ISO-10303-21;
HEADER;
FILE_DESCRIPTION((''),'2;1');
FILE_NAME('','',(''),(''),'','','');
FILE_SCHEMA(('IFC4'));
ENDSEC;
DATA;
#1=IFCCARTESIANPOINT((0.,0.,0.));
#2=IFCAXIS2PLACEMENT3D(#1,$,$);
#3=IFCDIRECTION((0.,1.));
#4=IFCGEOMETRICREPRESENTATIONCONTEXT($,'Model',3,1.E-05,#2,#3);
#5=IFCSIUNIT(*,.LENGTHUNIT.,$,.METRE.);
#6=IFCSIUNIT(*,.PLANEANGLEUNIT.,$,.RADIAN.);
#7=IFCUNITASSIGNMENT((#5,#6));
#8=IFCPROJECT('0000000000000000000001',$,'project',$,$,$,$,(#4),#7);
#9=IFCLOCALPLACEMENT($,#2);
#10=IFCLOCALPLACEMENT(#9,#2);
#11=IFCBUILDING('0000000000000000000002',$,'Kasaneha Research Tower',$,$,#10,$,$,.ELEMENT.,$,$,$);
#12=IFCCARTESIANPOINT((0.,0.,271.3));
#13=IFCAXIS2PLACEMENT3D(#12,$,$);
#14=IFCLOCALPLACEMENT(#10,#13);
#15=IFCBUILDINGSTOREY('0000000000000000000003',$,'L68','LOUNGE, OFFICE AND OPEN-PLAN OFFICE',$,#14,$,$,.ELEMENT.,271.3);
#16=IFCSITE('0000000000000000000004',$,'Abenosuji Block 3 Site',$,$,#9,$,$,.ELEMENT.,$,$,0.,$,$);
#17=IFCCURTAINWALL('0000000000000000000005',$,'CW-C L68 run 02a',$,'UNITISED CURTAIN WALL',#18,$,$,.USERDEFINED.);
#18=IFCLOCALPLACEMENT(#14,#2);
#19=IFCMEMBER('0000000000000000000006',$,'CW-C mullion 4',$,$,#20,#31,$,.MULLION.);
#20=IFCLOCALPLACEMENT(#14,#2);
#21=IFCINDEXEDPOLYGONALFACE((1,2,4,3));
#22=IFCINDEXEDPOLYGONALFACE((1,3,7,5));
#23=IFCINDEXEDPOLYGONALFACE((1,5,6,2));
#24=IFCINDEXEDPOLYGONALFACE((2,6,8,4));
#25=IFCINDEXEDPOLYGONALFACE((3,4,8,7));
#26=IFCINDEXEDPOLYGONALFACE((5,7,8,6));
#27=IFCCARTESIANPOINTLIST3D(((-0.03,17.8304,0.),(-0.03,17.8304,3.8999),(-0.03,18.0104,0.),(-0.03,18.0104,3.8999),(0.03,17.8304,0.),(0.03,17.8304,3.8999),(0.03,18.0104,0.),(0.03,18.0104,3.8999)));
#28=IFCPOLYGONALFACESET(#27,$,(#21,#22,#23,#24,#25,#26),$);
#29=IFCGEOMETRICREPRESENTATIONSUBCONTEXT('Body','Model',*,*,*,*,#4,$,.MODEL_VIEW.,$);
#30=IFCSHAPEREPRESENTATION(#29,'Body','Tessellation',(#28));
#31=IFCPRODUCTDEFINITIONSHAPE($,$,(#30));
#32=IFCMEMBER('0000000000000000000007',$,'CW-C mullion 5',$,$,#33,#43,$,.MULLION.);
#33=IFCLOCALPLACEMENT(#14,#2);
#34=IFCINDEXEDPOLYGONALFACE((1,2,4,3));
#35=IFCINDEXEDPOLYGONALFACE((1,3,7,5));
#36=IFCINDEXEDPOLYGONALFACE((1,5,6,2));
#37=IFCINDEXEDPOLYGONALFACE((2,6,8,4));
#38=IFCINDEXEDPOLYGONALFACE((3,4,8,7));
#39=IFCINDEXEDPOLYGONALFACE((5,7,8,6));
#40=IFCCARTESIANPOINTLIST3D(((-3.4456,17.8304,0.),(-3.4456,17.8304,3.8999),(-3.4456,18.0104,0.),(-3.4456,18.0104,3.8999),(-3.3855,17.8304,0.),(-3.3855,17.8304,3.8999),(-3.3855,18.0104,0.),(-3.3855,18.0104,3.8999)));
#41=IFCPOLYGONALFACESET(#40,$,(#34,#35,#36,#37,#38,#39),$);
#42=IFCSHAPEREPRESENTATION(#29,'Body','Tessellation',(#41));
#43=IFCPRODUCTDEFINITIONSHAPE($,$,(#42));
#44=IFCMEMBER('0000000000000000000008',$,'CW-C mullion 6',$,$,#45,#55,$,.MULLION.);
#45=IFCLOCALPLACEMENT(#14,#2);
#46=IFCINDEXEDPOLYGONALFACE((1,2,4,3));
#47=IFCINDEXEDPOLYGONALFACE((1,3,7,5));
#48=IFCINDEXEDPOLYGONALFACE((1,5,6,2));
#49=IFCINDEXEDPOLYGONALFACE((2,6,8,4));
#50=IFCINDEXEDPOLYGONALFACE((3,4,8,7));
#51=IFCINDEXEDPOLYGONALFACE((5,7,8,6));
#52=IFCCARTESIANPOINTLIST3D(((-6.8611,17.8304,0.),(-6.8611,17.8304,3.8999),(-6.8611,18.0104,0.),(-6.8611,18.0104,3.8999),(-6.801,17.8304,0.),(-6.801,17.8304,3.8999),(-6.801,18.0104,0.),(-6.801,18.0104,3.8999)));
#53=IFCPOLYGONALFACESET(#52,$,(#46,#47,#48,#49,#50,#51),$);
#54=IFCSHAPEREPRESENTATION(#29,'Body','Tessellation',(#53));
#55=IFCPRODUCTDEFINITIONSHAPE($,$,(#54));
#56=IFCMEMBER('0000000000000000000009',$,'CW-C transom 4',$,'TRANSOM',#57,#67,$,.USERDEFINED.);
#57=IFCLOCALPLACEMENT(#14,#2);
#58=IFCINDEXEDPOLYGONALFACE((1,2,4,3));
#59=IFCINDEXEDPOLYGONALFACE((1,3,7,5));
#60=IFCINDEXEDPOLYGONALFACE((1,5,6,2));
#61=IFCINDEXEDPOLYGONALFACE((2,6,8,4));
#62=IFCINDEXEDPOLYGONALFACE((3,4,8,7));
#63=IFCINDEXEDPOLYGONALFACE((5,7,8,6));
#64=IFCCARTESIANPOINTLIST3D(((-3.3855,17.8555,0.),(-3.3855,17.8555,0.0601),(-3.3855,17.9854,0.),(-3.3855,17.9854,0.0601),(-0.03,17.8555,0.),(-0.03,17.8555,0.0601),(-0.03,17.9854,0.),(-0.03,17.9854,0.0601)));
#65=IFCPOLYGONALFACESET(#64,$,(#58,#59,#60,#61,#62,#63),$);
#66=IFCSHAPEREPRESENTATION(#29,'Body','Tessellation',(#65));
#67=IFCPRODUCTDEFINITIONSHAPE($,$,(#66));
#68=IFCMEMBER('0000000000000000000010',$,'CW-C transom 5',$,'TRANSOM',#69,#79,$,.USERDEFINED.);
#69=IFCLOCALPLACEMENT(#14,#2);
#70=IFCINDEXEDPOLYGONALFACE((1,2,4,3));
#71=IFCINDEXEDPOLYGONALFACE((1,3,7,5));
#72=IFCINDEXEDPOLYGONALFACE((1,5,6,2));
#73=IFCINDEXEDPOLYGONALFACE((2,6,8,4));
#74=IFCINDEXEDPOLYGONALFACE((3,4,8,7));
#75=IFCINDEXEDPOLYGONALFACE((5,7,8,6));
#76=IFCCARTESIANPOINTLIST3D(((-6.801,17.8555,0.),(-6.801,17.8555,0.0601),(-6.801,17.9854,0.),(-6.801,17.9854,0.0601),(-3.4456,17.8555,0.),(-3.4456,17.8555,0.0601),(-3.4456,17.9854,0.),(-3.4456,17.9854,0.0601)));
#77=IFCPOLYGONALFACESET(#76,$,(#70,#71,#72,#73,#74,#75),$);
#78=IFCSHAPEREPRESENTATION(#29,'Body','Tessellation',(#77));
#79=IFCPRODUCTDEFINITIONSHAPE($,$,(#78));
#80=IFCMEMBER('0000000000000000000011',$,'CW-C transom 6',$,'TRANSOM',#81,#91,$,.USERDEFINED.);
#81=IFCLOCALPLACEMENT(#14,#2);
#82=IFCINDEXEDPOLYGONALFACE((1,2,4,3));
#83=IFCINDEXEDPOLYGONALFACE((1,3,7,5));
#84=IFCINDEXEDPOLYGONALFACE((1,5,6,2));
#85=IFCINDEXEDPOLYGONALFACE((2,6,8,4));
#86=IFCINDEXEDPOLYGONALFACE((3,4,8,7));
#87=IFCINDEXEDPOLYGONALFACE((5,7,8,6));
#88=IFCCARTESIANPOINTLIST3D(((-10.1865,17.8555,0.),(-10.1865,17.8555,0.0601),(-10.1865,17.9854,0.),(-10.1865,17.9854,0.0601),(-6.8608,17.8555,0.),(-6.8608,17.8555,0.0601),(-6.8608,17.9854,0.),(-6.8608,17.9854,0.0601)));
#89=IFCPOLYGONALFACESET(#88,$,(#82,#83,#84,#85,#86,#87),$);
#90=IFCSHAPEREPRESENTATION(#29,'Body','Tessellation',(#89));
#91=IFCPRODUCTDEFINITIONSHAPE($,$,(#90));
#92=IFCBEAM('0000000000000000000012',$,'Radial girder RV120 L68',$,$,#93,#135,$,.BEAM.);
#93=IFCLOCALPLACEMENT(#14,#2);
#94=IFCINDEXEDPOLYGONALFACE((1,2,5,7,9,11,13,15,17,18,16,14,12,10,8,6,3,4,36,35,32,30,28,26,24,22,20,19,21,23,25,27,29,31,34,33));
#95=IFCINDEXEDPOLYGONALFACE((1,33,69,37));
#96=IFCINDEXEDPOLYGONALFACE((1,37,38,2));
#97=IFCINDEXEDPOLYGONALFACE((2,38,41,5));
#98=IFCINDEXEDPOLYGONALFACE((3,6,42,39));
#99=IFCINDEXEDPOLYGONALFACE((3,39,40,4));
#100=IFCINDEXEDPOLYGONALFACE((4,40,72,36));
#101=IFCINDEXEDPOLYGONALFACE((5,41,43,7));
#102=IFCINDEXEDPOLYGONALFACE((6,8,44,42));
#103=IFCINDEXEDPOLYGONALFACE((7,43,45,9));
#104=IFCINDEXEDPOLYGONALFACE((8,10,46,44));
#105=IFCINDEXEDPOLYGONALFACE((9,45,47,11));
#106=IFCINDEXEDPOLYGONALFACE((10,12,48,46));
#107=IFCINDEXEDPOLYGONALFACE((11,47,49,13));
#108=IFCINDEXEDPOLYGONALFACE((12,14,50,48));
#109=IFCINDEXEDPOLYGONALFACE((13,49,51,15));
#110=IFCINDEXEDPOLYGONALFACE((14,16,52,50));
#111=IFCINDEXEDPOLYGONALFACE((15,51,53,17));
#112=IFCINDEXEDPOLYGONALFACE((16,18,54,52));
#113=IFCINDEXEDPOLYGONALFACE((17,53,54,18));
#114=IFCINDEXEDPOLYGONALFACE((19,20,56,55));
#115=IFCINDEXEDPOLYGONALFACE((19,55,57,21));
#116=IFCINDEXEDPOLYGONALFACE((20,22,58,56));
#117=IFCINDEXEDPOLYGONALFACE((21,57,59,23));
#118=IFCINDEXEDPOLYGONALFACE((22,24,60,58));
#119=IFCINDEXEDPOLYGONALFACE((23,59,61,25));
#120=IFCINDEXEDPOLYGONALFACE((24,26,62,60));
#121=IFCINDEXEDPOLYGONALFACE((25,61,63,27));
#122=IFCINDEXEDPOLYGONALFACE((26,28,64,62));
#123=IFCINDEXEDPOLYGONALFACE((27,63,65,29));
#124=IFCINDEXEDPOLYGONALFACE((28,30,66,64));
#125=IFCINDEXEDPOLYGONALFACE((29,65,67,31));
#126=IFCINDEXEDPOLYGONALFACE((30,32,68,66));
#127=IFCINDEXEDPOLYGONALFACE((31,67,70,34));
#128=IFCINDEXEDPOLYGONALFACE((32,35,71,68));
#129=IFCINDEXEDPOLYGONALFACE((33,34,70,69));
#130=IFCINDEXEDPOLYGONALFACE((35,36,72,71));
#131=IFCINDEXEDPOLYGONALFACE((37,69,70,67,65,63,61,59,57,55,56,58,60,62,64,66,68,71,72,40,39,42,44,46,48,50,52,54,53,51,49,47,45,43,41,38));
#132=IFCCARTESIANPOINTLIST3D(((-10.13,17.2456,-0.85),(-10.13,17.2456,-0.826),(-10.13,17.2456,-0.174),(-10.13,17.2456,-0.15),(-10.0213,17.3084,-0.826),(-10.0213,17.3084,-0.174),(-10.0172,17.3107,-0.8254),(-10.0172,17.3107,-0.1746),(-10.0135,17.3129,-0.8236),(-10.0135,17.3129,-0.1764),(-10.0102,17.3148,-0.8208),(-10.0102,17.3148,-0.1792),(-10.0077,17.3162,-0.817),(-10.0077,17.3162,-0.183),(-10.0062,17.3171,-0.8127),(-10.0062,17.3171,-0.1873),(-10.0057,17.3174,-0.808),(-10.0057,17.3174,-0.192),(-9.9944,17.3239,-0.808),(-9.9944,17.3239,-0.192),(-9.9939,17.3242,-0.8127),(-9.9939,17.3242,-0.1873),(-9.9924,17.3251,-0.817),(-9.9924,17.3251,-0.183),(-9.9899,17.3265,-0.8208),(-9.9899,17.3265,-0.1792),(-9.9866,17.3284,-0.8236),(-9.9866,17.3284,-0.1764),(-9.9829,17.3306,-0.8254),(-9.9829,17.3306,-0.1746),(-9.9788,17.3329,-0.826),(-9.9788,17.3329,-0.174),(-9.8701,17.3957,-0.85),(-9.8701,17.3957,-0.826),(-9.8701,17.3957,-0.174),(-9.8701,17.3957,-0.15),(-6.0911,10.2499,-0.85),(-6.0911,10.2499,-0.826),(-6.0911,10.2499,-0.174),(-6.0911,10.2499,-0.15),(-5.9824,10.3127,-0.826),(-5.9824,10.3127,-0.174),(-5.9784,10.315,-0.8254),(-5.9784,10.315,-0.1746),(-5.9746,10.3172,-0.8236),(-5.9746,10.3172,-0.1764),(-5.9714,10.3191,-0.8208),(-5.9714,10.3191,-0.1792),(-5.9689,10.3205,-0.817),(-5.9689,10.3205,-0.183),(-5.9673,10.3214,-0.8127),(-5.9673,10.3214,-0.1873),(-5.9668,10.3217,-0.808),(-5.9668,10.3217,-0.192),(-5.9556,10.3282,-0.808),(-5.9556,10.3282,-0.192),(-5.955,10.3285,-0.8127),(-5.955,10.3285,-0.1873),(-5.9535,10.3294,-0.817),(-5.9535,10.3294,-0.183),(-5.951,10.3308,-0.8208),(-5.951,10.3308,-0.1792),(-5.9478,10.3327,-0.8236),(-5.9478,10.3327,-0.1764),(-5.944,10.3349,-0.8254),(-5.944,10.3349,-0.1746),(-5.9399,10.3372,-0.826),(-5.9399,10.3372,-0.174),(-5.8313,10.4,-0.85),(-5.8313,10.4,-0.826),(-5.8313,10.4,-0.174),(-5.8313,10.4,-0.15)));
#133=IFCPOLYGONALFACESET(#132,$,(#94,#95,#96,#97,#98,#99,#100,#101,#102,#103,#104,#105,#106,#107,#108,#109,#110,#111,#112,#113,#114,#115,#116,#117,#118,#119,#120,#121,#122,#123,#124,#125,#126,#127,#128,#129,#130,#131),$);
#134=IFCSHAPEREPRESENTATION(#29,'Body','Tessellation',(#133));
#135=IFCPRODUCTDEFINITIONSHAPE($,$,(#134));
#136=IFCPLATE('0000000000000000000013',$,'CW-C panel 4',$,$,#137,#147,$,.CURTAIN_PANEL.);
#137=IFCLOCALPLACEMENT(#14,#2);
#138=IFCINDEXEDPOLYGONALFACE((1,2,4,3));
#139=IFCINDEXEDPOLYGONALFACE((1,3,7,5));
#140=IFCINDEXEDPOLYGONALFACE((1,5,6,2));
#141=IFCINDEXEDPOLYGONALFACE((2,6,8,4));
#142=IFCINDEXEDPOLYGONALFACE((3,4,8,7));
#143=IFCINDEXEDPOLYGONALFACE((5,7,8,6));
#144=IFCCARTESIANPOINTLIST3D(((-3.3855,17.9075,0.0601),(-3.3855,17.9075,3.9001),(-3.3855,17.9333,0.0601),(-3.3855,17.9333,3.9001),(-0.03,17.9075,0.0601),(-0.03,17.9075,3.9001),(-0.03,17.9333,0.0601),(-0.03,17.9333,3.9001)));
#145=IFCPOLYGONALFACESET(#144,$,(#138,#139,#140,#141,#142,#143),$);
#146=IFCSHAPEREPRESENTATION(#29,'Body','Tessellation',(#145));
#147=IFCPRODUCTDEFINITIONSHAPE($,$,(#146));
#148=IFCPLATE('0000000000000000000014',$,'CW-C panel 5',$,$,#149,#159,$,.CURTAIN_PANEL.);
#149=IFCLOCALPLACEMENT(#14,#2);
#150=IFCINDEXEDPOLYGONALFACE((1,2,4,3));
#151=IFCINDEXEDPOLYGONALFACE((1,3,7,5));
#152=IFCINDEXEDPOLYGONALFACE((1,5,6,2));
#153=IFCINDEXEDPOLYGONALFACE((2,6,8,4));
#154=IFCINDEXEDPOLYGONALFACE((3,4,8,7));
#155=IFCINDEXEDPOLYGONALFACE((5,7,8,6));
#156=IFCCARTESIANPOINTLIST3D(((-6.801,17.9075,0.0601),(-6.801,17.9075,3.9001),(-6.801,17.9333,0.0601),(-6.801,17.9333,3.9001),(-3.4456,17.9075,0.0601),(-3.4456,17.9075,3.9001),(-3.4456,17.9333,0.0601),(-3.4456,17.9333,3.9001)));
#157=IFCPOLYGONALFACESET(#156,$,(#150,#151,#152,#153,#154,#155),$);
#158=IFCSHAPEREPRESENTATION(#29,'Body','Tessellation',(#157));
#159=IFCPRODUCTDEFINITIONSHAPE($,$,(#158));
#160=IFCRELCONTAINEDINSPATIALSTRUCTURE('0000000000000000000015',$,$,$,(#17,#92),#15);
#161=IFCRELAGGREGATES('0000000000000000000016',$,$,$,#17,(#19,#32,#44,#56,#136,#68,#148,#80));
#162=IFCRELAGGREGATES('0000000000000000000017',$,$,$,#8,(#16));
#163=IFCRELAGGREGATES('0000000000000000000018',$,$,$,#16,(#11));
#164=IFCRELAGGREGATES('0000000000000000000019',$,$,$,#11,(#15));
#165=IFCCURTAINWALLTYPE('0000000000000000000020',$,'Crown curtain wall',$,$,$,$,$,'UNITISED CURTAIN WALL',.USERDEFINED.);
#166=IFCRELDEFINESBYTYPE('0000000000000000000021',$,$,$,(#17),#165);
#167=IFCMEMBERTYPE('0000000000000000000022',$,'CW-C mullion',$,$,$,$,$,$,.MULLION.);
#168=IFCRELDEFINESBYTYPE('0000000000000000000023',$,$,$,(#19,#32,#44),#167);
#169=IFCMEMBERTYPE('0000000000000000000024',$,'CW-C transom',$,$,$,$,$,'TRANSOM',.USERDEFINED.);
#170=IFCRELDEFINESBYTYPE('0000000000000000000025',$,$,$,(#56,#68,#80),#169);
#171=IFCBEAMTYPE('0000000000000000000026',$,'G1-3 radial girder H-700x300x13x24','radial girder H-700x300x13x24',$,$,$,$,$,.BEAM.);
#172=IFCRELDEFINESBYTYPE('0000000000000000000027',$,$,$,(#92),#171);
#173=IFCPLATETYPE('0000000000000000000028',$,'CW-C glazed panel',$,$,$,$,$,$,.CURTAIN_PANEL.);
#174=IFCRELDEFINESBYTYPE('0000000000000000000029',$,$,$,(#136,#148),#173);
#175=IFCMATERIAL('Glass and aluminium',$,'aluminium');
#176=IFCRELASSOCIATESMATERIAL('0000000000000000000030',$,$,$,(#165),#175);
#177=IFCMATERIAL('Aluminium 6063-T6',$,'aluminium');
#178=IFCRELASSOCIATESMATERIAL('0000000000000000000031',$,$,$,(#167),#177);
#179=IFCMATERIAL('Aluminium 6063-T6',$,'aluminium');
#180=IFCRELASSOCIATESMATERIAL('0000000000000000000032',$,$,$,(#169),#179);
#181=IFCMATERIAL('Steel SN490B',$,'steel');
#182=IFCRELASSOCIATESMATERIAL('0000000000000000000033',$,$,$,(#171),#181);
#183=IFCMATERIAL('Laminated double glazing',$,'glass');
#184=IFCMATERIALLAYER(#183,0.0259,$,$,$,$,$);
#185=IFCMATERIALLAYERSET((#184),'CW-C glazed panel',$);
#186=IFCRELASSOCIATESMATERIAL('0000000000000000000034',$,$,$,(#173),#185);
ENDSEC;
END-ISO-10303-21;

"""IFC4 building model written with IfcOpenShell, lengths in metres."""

from ifc_helpers import new_model, si_unit, direction, frame, origin, origin_2d, place, context, subcontext, project, spatial, rectangle, i_section, extrude, material, layer, layer_set, material_profile, profile_set, type_object, element, aggregate, save


model = new_model("IFC4")

# Units and contexts
model_context = context("Model", 3, precision=1e-05, world=origin(), true_north=direction((0.0, 1.0)))
body_context = subcontext(model_context, "Body", "Model", "MODEL_VIEW")
ifc_project = project(units=[si_unit("LENGTHUNIT", "METRE"), si_unit("PLANEANGLEUNIT", "RADIAN")], contexts=[model_context])

# Site, building, storey
site_placement = place(None, origin())
site = spatial("IfcSite", under=ifc_project, at=site_placement, Name="Abenosuji Block 3 Site", CompositionType="ELEMENT", RefElevation=0.0)
building_placement = place(site_placement, origin())
building = spatial("IfcBuilding", under=site, at=building_placement, Name="Kasaneha Research Tower", CompositionType="ELEMENT")
storey_placement = place(building_placement, frame((0.0, 0.0, 271.3)))
storey = spatial("IfcBuildingStorey", under=building, at=storey_placement, Name="L68", Description="LOUNGE, OFFICE AND OPEN-PLAN OFFICE", CompositionType="ELEMENT", Elevation=271.3)

# Curtain wall, members
ifc_material_1 = material(Name="Glass and aluminium", Category="aluminium")
curtain_wall_type = type_object("IfcCurtainWallType", Name="Crown curtain wall", ElementType="UNITISED CURTAIN WALL", PredefinedType="USERDEFINED", material=ifc_material_1)
curtain_wall_placement = place(storey_placement, origin())
curtain_wall = element("IfcCurtainWall", 1, at=curtain_wall_placement, inside=storey, type_object=curtain_wall_type, Name="CW-C L68 run 02a", ObjectType="UNITISED CURTAIN WALL", PredefinedType="USERDEFINED")
ifc_material_2 = material(Name="Aluminium 6063-T6", Category="aluminium")
ifc_material_profile_1 = material_profile(ifc_material_2, rectangle(XDim=0.0601, YDim=0.1799, at=origin_2d()), Name="CW-C mullion 60x180")
ifc_profile_set_1 = profile_set([ifc_material_profile_1], Name="Aluminium 6063-T6")
member_type_1 = type_object("IfcMemberType", Name="CW-C mullion", PredefinedType="MULLION", material=ifc_profile_set_1)
member_1_placement = place(storey_placement, frame((0.0, 17.9204, 0.0), z_axis=(0.0, 0.0, 1.0), x_axis=(-1.0, 0.0, 0.0)))
member_1 = element("IfcMember", 2, at=member_1_placement, type_object=member_type_1, Name="CW-C mullion 4", PredefinedType="MULLION", context=body_context, shape_type="SweptSolid", body=[
    extrude(rectangle(XDim=0.0601, YDim=0.1799, at=origin_2d()), origin(), (0.0, 0.0, 1.0), 3.8999),
])
member_2_placement = place(storey_placement, frame((-3.4155, 17.9204, 0.0), z_axis=(0.0, 0.0, 1.0), x_axis=(-1.0, 0.0, 0.0)))
member_2 = element("IfcMember", 3, at=member_2_placement, type_object=member_type_1, Name="CW-C mullion 5", PredefinedType="MULLION", context=body_context, shape_type="SweptSolid", body=[
    extrude(rectangle(XDim=0.0601, YDim=0.1799, at=origin_2d()), origin(), (0.0, 0.0, 1.0), 3.8999),
])
member_3_placement = place(storey_placement, frame((-6.8311, 17.9204, 0.0), z_axis=(0.0, 0.0, 1.0), x_axis=(-1.0, 0.0, 0.0)))
member_3 = element("IfcMember", 4, at=member_3_placement, type_object=member_type_1, Name="CW-C mullion 6", PredefinedType="MULLION", context=body_context, shape_type="SweptSolid", body=[
    extrude(rectangle(XDim=0.0601, YDim=0.1799, at=origin_2d()), origin(), (0.0, 0.0, 1.0), 3.8999),
])
ifc_material_3 = material(Name="Aluminium 6063-T6", Category="aluminium")
ifc_material_profile_2 = material_profile(ifc_material_3, rectangle(XDim=0.1299, YDim=0.0601, at=origin_2d()), Name="CW-C transom 130x60")
ifc_profile_set_2 = profile_set([ifc_material_profile_2], Name="Aluminium 6063-T6")
member_type_2 = type_object("IfcMemberType", Name="CW-C transom", ElementType="TRANSOM", PredefinedType="USERDEFINED", material=ifc_profile_set_2)
member_4_placement = place(storey_placement, frame((-0.03, 17.9204, 0.03), z_axis=(-1.0, 0.0, 0.0), x_axis=(0.0, -1.0, 0.0)))
member_4 = element("IfcMember", 5, at=member_4_placement, type_object=member_type_2, Name="CW-C transom 4", ObjectType="TRANSOM", PredefinedType="USERDEFINED", context=body_context, shape_type="SweptSolid", body=[
    extrude(rectangle(XDim=0.1299, YDim=0.0601, at=origin_2d()), origin(), (0.0, 0.0, 1.0), 3.3555),
])
member_5_placement = place(storey_placement, frame((-3.4456, 17.9204, 0.03), z_axis=(-1.0, 0.0, 0.0), x_axis=(0.0, -1.0, 0.0)))
member_5 = element("IfcMember", 6, at=member_5_placement, type_object=member_type_2, Name="CW-C transom 5", ObjectType="TRANSOM", PredefinedType="USERDEFINED", context=body_context, shape_type="SweptSolid", body=[
    extrude(rectangle(XDim=0.1299, YDim=0.0601, at=origin_2d()), origin(), (0.0, 0.0, 1.0), 3.3555),
])
member_6_placement = place(storey_placement, frame((-6.8608, 17.9204, 0.03), z_axis=(-1.0, 0.0, 0.0), x_axis=(0.0, -1.0, 0.0)))
member_6 = element("IfcMember", 7, at=member_6_placement, type_object=member_type_2, Name="CW-C transom 6", ObjectType="TRANSOM", PredefinedType="USERDEFINED", context=body_context, shape_type="SweptSolid", body=[
    extrude(rectangle(XDim=0.1299, YDim=0.0601, at=origin_2d()), origin(), (0.0, 0.0, 1.0), 3.3257),
])

# Beam
ifc_material_4 = material(Name="Steel SN490B", Category="steel")
ifc_material_profile_3 = material_profile(ifc_material_4, i_section(OverallWidth=0.3, OverallDepth=0.7, WebThickness=0.0129, FlangeThickness=0.0239, FilletRadius=0.0181, at=origin_2d()), Name="H-700x300x13x24")
ifc_profile_set_3 = profile_set([ifc_material_profile_3], Name="Steel SN490B")
beam_type = type_object("IfcBeamType", Name="G1-3 radial girder H-700x300x13x24", Description="radial girder H-700x300x13x24", PredefinedType="BEAM", material=ifc_profile_set_3)
beam_placement = place(storey_placement, frame((-5.9612, 10.325, -0.5), z_axis=(-0.499991, 0.866031, 0.0), x_axis=(-0.866031, -0.499991, 0.0)))
element("IfcBeam", 8, at=beam_placement, inside=storey, type_object=beam_type, Name="Radial girder RV120 L68", PredefinedType="BEAM", context=body_context, shape_type="SweptSolid", body=[
    extrude(i_section(OverallWidth=0.3, OverallDepth=0.7, WebThickness=0.0129, FlangeThickness=0.0239, FilletRadius=0.0181, at=origin_2d()), origin(), (0.0, 0.0, 1.0), 8.0779),
])

# Plates
ifc_material_5 = material(Name="Laminated double glazing", Category="glass")
ifc_layer_1 = layer(ifc_material_5, 0.0259)
ifc_layer_set_1 = layer_set([ifc_layer_1], Name="CW-C glazed panel")
plate_type = type_object("IfcPlateType", Name="CW-C glazed panel", PredefinedType="CURTAIN_PANEL", material=ifc_layer_set_1)
plate_1_placement = place(storey_placement, frame((-1.7078, 17.9204, 0.0601), z_axis=(0.0, 0.0, 1.0), x_axis=(-1.0, 0.0, 0.0)))
plate_1 = element("IfcPlate", 9, at=plate_1_placement, type_object=plate_type, Name="CW-C panel 4", PredefinedType="CURTAIN_PANEL", context=body_context, shape_type="SweptSolid", body=[
    extrude(rectangle(XDim=3.3555, YDim=0.0259, at=origin_2d()), origin(), (0.0, 0.0, 1.0), 3.8401),
])
plate_2_placement = place(storey_placement, frame((-5.1233, 17.9204, 0.0601), z_axis=(0.0, 0.0, 1.0), x_axis=(-1.0, 0.0, 0.0)))
plate_2 = element("IfcPlate", 10, at=plate_2_placement, type_object=plate_type, Name="CW-C panel 5", PredefinedType="CURTAIN_PANEL", context=body_context, shape_type="SweptSolid", body=[
    extrude(rectangle(XDim=3.3555, YDim=0.0259, at=origin_2d()), origin(), (0.0, 0.0, 1.0), 3.8401),
])
aggregate(curtain_wall, [member_1, member_2, member_3, member_4, plate_1, member_5, plate_2, member_6])

save(model, "model.ifc")
